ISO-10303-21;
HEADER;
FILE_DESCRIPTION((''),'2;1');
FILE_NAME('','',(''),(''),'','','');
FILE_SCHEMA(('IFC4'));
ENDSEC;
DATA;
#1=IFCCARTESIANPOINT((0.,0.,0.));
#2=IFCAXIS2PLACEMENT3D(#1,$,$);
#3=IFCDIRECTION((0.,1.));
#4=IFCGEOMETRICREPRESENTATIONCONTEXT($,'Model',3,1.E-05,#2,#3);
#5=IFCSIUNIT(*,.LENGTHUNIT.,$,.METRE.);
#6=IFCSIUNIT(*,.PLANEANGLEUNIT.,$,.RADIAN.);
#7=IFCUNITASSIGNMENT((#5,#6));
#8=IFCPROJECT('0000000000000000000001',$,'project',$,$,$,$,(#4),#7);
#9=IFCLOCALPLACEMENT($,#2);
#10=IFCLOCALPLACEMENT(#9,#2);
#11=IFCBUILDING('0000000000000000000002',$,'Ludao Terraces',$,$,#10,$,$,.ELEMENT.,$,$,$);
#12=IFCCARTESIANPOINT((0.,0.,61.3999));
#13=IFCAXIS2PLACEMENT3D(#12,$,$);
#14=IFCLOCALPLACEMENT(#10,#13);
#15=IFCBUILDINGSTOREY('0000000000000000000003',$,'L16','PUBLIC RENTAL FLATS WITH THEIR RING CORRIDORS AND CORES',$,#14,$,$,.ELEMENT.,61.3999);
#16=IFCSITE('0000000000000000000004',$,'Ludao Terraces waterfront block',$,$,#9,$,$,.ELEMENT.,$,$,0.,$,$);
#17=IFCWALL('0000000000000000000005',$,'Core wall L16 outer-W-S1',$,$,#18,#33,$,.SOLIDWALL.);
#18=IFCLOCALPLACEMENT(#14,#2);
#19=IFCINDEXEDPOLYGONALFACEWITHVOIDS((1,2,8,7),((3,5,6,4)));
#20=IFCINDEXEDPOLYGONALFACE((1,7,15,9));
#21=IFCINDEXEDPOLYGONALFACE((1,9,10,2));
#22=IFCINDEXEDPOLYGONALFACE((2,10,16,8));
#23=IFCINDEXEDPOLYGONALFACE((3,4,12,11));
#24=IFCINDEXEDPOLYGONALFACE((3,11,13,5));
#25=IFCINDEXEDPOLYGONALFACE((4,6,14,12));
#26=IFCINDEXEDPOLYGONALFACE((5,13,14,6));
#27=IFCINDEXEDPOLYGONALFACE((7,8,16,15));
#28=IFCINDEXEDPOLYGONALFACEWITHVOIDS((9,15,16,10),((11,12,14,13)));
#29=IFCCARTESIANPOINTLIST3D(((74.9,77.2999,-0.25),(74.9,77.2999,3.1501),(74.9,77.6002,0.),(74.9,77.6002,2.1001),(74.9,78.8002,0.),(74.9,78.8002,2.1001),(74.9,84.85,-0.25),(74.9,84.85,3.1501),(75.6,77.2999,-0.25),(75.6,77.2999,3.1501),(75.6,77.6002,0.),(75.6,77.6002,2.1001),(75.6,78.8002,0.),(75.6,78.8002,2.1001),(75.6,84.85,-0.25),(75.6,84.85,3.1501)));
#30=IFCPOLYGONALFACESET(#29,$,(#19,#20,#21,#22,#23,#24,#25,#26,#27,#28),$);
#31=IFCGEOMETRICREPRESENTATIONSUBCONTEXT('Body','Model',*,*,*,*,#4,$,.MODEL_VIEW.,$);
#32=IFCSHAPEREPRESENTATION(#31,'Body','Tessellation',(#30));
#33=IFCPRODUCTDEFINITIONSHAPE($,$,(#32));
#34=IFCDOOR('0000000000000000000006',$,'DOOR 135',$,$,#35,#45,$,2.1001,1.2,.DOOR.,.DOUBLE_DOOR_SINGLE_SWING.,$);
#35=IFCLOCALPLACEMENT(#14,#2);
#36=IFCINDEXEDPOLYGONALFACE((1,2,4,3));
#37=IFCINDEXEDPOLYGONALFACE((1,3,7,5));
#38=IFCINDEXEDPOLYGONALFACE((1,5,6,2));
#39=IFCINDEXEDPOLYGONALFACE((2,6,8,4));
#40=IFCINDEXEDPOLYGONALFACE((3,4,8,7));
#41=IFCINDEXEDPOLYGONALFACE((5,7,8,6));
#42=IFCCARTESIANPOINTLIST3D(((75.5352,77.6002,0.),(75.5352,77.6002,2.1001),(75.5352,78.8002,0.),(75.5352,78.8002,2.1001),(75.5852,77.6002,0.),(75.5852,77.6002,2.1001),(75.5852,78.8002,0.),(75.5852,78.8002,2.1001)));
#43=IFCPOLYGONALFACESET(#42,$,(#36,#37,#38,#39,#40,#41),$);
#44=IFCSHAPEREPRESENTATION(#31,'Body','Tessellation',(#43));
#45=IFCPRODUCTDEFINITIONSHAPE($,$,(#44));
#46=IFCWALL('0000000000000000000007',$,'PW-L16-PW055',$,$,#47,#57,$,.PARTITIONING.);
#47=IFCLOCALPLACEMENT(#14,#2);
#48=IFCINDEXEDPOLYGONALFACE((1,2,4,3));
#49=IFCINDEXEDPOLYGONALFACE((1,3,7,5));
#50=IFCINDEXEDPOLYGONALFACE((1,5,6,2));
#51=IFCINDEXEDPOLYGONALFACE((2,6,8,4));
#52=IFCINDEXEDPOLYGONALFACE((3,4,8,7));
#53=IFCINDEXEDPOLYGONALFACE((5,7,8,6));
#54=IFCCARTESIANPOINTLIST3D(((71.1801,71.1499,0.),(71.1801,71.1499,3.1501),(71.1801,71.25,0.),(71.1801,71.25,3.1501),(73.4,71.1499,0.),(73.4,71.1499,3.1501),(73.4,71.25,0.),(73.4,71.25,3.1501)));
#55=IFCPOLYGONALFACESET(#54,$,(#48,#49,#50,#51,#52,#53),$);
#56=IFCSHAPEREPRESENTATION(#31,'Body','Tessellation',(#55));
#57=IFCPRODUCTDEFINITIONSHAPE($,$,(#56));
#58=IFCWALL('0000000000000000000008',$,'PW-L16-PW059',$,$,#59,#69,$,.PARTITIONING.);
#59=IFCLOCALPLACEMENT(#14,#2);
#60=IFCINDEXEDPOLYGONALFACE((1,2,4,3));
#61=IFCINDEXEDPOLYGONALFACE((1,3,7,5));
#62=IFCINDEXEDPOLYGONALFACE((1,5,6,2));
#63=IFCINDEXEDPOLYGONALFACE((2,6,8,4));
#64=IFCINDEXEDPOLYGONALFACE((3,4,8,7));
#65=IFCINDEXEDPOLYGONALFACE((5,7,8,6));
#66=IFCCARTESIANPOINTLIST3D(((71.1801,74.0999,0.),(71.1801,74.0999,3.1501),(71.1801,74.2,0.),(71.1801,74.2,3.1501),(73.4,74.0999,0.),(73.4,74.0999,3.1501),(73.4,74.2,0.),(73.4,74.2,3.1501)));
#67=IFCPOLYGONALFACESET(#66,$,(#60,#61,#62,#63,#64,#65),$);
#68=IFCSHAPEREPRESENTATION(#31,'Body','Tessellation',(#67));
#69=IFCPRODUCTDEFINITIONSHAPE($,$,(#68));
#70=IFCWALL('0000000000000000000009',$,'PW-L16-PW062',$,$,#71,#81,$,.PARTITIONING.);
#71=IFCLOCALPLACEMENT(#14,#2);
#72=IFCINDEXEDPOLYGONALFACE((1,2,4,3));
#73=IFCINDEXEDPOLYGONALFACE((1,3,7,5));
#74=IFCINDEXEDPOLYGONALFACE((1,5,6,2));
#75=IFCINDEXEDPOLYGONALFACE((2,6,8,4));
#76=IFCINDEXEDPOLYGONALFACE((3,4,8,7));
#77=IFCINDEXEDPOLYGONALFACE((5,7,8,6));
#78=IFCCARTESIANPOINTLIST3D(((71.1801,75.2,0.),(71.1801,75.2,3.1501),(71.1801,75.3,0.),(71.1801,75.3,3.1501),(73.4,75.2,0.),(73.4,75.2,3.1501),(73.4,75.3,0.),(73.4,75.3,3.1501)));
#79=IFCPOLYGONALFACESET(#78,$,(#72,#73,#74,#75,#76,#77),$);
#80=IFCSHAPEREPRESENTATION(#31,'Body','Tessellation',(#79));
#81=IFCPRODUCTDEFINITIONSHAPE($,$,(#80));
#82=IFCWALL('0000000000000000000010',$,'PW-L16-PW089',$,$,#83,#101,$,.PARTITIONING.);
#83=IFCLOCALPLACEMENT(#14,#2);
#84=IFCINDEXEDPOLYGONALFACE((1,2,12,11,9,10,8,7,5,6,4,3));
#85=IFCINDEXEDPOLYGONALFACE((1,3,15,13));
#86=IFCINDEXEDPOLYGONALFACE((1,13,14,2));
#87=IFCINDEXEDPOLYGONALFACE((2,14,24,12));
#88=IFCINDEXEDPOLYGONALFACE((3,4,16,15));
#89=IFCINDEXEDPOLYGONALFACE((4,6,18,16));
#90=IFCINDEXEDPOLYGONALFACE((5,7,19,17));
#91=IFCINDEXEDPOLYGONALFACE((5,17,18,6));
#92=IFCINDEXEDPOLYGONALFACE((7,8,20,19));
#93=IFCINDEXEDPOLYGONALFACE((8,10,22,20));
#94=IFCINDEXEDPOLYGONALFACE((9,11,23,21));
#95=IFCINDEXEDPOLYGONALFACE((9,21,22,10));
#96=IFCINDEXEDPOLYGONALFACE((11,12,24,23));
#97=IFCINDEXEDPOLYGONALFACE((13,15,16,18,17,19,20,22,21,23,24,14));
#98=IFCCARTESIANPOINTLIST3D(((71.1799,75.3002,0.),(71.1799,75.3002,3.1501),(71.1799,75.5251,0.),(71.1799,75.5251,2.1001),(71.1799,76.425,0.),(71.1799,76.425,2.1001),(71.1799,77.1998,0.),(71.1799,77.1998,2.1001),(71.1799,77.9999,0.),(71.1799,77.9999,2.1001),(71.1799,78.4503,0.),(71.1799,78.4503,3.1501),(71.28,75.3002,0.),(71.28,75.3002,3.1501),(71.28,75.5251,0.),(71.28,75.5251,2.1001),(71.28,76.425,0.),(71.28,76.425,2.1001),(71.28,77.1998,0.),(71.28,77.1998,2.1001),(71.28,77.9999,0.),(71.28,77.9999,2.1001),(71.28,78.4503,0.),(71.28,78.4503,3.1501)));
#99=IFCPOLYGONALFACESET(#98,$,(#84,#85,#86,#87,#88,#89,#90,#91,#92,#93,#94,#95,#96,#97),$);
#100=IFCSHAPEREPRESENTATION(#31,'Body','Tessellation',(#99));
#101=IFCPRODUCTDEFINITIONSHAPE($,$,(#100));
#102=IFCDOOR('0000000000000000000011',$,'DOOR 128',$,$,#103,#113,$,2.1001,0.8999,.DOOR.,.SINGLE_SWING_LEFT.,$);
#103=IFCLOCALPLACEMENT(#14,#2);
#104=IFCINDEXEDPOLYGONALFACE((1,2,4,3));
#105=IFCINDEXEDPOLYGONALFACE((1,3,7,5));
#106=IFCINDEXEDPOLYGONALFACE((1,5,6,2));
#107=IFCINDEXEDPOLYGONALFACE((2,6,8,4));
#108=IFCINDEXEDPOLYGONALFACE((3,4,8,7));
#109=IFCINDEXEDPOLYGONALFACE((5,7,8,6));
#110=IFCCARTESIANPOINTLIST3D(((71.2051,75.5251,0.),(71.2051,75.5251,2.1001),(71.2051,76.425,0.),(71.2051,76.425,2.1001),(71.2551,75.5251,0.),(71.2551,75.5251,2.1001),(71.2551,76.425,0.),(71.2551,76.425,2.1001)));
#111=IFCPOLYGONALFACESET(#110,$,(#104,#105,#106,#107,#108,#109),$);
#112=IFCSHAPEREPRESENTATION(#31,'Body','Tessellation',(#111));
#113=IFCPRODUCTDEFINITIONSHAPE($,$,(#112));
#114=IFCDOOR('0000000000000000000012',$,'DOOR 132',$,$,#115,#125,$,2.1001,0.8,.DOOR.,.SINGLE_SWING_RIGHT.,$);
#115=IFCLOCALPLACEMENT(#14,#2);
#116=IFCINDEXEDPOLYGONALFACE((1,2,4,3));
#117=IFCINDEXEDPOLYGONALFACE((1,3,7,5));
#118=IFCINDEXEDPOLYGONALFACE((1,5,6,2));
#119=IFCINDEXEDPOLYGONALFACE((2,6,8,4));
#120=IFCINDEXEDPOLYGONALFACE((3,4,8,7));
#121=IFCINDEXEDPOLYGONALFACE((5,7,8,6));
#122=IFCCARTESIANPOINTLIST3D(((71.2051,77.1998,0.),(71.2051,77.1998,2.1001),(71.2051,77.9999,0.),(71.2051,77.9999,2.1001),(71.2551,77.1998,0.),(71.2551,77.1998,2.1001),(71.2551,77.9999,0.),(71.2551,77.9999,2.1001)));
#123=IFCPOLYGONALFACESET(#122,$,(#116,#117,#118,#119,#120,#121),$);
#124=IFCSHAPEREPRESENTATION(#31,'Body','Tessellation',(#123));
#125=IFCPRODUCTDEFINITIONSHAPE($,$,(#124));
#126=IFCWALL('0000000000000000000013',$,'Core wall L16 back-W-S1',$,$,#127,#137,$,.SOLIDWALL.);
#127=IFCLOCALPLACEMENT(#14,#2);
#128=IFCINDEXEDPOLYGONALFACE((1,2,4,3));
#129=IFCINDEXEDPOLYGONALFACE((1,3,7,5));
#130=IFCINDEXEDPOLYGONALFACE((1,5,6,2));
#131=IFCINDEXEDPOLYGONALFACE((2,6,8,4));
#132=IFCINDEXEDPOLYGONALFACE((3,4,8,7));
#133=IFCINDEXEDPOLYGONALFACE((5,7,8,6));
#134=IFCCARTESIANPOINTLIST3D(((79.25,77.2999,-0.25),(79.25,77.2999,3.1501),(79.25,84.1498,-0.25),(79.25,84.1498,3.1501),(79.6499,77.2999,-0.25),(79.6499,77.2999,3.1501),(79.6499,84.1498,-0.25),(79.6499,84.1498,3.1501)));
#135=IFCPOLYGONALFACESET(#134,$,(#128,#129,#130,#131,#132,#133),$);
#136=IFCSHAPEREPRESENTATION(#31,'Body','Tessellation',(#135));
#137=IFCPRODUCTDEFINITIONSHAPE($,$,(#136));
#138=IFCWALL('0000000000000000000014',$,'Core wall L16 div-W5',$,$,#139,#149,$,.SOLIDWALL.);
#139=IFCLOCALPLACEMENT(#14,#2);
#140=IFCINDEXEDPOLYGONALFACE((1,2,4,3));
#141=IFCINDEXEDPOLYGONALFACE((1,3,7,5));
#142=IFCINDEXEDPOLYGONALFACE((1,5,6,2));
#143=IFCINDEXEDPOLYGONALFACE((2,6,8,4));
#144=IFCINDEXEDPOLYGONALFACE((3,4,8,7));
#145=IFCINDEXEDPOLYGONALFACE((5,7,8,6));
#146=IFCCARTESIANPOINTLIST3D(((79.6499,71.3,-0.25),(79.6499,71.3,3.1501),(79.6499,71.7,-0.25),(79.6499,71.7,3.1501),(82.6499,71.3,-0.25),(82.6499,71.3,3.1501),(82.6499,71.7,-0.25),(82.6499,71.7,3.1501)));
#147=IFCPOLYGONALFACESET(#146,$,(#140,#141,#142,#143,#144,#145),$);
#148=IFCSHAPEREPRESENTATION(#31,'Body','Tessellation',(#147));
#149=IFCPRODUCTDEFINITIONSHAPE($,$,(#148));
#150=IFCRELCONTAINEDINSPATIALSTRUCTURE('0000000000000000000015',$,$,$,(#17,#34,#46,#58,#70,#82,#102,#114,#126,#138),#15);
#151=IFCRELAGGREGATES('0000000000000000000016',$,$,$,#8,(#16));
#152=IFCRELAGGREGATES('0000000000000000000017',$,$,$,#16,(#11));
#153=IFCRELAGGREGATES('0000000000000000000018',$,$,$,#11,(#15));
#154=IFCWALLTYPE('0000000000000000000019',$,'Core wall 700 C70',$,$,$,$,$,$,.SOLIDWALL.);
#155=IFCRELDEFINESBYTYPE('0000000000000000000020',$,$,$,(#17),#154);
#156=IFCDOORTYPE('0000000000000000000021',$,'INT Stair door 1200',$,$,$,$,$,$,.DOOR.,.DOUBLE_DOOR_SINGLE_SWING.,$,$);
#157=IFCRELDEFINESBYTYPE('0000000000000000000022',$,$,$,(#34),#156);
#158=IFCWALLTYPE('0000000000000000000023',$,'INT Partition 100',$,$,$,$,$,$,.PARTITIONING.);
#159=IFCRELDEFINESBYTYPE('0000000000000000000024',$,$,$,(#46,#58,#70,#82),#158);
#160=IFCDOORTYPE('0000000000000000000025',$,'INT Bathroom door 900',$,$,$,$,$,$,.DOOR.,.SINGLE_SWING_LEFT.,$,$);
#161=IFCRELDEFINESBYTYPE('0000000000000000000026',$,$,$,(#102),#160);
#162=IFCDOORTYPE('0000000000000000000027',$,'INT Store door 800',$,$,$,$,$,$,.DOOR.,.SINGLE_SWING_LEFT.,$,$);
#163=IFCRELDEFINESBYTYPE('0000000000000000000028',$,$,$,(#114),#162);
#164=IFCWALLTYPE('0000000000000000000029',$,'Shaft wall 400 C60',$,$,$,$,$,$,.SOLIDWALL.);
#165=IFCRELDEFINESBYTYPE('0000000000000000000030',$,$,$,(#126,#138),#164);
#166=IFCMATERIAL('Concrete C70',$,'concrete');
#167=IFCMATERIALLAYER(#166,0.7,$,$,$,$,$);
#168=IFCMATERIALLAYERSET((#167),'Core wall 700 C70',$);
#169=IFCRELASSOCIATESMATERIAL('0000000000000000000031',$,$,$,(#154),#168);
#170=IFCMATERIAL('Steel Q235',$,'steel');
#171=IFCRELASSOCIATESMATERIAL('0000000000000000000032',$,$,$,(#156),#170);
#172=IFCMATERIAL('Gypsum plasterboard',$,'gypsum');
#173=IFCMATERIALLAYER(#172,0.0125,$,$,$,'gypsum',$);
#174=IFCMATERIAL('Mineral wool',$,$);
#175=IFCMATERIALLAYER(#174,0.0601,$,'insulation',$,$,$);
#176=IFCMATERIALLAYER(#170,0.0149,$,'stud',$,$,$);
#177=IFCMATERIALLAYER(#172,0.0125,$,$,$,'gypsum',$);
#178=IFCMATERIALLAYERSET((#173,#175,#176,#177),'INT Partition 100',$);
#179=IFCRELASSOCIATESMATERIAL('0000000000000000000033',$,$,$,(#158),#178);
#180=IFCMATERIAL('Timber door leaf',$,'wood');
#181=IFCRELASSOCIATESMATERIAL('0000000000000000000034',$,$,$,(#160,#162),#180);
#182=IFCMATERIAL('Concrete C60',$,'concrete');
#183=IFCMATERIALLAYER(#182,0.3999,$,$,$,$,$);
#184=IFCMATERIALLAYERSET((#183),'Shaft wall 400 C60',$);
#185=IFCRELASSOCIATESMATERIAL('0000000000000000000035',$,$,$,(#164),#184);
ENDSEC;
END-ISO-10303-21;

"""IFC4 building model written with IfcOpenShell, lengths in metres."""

from ifc_helpers import new_model, si_unit, direction, frame, frame_2d, origin, place, context, subcontext, project, spatial, rectangle, extrude, material, layer, layer_set, type_object, element, fill, save


model = new_model("IFC4")

# Units and contexts
model_context = context("Model", 3, precision=1e-05, world=origin(), true_north=direction((0.0, 1.0)))
body_context = subcontext(model_context, "Body", "Model", "MODEL_VIEW")
ifc_project = project(units=[si_unit("LENGTHUNIT", "METRE"), si_unit("PLANEANGLEUNIT", "RADIAN")], contexts=[model_context])

# Site, building, storey
site_placement = place(None, origin())
site = spatial("IfcSite", under=ifc_project, at=site_placement, Name="Ludao Terraces waterfront block", CompositionType="ELEMENT", RefElevation=0.0)
building_placement = place(site_placement, origin())
building = spatial("IfcBuilding", under=site, at=building_placement, Name="Ludao Terraces", CompositionType="ELEMENT")
storey_placement = place(building_placement, frame((0.0, 0.0, 61.3999)))
storey = spatial("IfcBuildingStorey", under=building, at=storey_placement, Name="L16", Description="PUBLIC RENTAL FLATS WITH THEIR RING CORRIDORS AND CORES", CompositionType="ELEMENT", Elevation=61.3999)

# Wall, opening, door
ifc_material_1 = material(Name="Concrete C70", Category="concrete")
ifc_layer_1 = layer(ifc_material_1, 0.7)
ifc_layer_set_1 = layer_set([ifc_layer_1], Name="Core wall 700 C70")
wall_type_1 = type_object("IfcWallType", Name="Core wall 700 C70", PredefinedType="SOLIDWALL", material=ifc_layer_set_1)
wall_1_placement = place(storey_placement, frame((75.25, 77.3, -0.25), z_axis=(0.0, 0.0, 1.0), x_axis=(0.0, 1.0, 0.0)))
wall_1 = element("IfcWall", 1, at=wall_1_placement, inside=storey, type_object=wall_type_1, Name="Core wall L16 outer-W-S1", PredefinedType="SOLIDWALL", context=body_context, shape_type="SweptSolid", body=[
    extrude(rectangle(XDim=7.55, YDim=0.7, at=frame_2d((3.7749, 0.0))), origin(), (0.0, 0.0, 1.0), 3.4001),
])
opening_1_placement = place(wall_1_placement, frame((0.3, 0.0, 0.25)))
opening_1 = element("IfcOpeningElement", 2, at=opening_1_placement, cuts=wall_1, PredefinedType="OPENING", context=body_context, shape_type="SweptSolid", body=[
    extrude(rectangle(XDim=1.2, YDim=2.1001, at=frame_2d((0.6001, 1.05))), frame((0.0, 0.3599, 0.0), z_axis=(0.0, -1.0, 0.0), x_axis=(1.0, 0.0, 0.0)), (0.0, 0.0, 1.0), 0.72),
])
ifc_material_2 = material(Name="Steel Q235", Category="steel")
door_type_1 = type_object("IfcDoorType", Name="INT Stair door 1200", OperationType="DOUBLE_DOOR_SINGLE_SWING", PredefinedType="DOOR", material=ifc_material_2)
door_1_placement = place(opening_1_placement, origin())
door_1 = element("IfcDoor", 3, at=door_1_placement, inside=storey, type_object=door_type_1, Name="DOOR 135", OperationType="DOUBLE_DOOR_SINGLE_SWING", OverallHeight=2.1001, OverallWidth=1.2, PredefinedType="DOOR", context=body_context, shape_type="SweptSolid", body=[
    extrude(rectangle(XDim=1.2, YDim=2.1001, at=frame_2d((0.6001, 1.05))), frame((0.0, -0.2852, 0.0), z_axis=(0.0, -1.0, 0.0), x_axis=(1.0, 0.0, 0.0)), (0.0, 0.0, 1.0), 0.05),
])
fill(opening_1, door_1)

# Walls
ifc_material_3 = material(Name="Gypsum plasterboard", Category="gypsum")
ifc_layer_2 = layer(ifc_material_3, 0.0125, Category="gypsum")
ifc_material_4 = material(Name="Mineral wool")
ifc_layer_3 = layer(ifc_material_4, 0.0601, Name="insulation")
ifc_layer_4 = layer(ifc_material_2, 0.0149, Name="stud")
ifc_layer_5 = layer(ifc_material_3, 0.0125, Category="gypsum")
ifc_layer_set_2 = layer_set([ifc_layer_2, ifc_layer_3, ifc_layer_4, ifc_layer_5], Name="INT Partition 100")
wall_type_2 = type_object("IfcWallType", Name="INT Partition 100", PredefinedType="PARTITIONING", material=ifc_layer_set_2)
for number, where, z_axis, x_axis, name in (
    (4, (71.1802, 71.2, 0.0), (0.0, 0.0, 1.0), (1.0, 0.0, 0.0), "PW-L16-PW055"),
    (5, (71.1802, 74.1499, 0.0), (0.0, 0.0, 1.0), (1.0, 0.0, 0.0), "PW-L16-PW059"),
    (6, (71.1802, 75.25, 0.0), (0.0, 0.0, 1.0), (1.0, 0.0, 0.0), "PW-L16-PW062"),
):
    element("IfcWall", number, at=place(storey_placement, frame(where, z_axis=z_axis, x_axis=x_axis)), inside=storey, type_object=wall_type_2, Name=name, PredefinedType="PARTITIONING", context=body_context, shape_type="SweptSolid", body=[
        extrude(rectangle(XDim=2.22, YDim=0.1001, at=frame_2d((1.1099, 0.0))), origin(), (0.0, 0.0, 1.0), 3.1501),
    ])

# Wall, openings, doors
wall_2_placement = place(storey_placement, frame((71.23, 75.3, 0.0), z_axis=(0.0, 0.0, 1.0), x_axis=(0.0, 1.0, 0.0)))
wall_2 = element("IfcWall", 7, at=wall_2_placement, inside=storey, type_object=wall_type_2, Name="PW-L16-PW089", PredefinedType="PARTITIONING", context=body_context, shape_type="SweptSolid", body=[
    extrude(rectangle(XDim=3.1501, YDim=0.1001, at=frame_2d((1.5752, 0.0))), origin(), (0.0, 0.0, 1.0), 3.1501),
])
opening_2_placement = place(wall_2_placement, frame((0.2251, 0.0, 0.0)))
opening_2 = element("IfcOpeningElement", 8, at=opening_2_placement, cuts=wall_2, PredefinedType="OPENING", context=body_context, shape_type="SweptSolid", body=[
    extrude(rectangle(XDim=0.8999, YDim=2.1001, at=frame_2d((0.45, 1.05))), frame((0.0, 0.0601, 0.0), z_axis=(0.0, -1.0, 0.0), x_axis=(1.0, 0.0, 0.0)), (0.0, 0.0, 1.0), 0.1201),
])
opening_3_placement = place(wall_2_placement, frame((1.8999, 0.0, 0.0)))
opening_3 = element("IfcOpeningElement", 9, at=opening_3_placement, cuts=wall_2, PredefinedType="OPENING", context=body_context, shape_type="SweptSolid", body=[
    extrude(rectangle(XDim=0.8, YDim=2.1001, at=frame_2d((0.3999, 1.05))), frame((0.0, 0.0601, 0.0), z_axis=(0.0, -1.0, 0.0), x_axis=(1.0, 0.0, 0.0)), (0.0, 0.0, 1.0), 0.1201),
])
ifc_material_5 = material(Name="Timber door leaf", Category="wood")
door_type_2 = type_object("IfcDoorType", Name="INT Bathroom door 900", OperationType="SINGLE_SWING_LEFT", PredefinedType="DOOR", material=ifc_material_5)
door_2_placement = place(opening_2_placement, origin())
door_2 = element("IfcDoor", 10, at=door_2_placement, inside=storey, type_object=door_type_2, Name="DOOR 128", OperationType="SINGLE_SWING_LEFT", OverallHeight=2.1001, OverallWidth=0.8999, PredefinedType="DOOR", context=body_context, shape_type="SweptSolid", body=[
    extrude(rectangle(XDim=0.8999, YDim=2.1001, at=frame_2d((0.45, 1.05))), frame((0.0, 0.0249, 0.0), z_axis=(0.0, -1.0, 0.0), x_axis=(1.0, 0.0, 0.0)), (0.0, 0.0, 1.0), 0.05),
])
fill(opening_2, door_2)
door_type_3 = type_object("IfcDoorType", Name="INT Store door 800", OperationType="SINGLE_SWING_LEFT", PredefinedType="DOOR", material=ifc_material_5)
door_3_placement = place(opening_3_placement, origin())
door_3 = element("IfcDoor", 11, at=door_3_placement, inside=storey, type_object=door_type_3, Name="DOOR 132", OperationType="SINGLE_SWING_RIGHT", OverallHeight=2.1001, OverallWidth=0.8, PredefinedType="DOOR", context=body_context, shape_type="SweptSolid", body=[
    extrude(rectangle(XDim=0.8, YDim=2.1001, at=frame_2d((0.3999, 1.05))), frame((0.0, 0.0249, 0.0), z_axis=(0.0, -1.0, 0.0), x_axis=(1.0, 0.0, 0.0)), (0.0, 0.0, 1.0), 0.05),
])
fill(opening_3, door_3)

# Walls
ifc_material_6 = material(Name="Concrete C60", Category="concrete")
ifc_layer_6 = layer(ifc_material_6, 0.3999)
ifc_layer_set_3 = layer_set([ifc_layer_6], Name="Shaft wall 400 C60")
wall_type_3 = type_object("IfcWallType", Name="Shaft wall 400 C60", PredefinedType="SOLIDWALL", material=ifc_layer_set_3)
wall_3_placement = place(storey_placement, frame((79.45, 77.3, -0.25), z_axis=(0.0, 0.0, 1.0), x_axis=(0.0, 1.0, 0.0)))
element("IfcWall", 12, at=wall_3_placement, inside=storey, type_object=wall_type_3, Name="Core wall L16 back-W-S1", PredefinedType="SOLIDWALL", context=body_context, shape_type="SweptSolid", body=[
    extrude(rectangle(XDim=6.8499, YDim=0.3999, at=frame_2d((3.4248, 0.0))), origin(), (0.0, 0.0, 1.0), 3.4001),
])
wall_4_placement = place(storey_placement, frame((79.6499, 71.5, -0.25), z_axis=(0.0, 0.0, 1.0), x_axis=(1.0, 0.0, 0.0)))
element("IfcWall", 13, at=wall_4_placement, inside=storey, type_object=wall_type_3, Name="Core wall L16 div-W5", PredefinedType="SOLIDWALL", context=body_context, shape_type="SweptSolid", body=[
    extrude(rectangle(XDim=3.0, YDim=0.3999, at=frame_2d((1.5, 0.0))), origin(), (0.0, 0.0, 1.0), 3.4001),
])

save(model, "model.ifc")
